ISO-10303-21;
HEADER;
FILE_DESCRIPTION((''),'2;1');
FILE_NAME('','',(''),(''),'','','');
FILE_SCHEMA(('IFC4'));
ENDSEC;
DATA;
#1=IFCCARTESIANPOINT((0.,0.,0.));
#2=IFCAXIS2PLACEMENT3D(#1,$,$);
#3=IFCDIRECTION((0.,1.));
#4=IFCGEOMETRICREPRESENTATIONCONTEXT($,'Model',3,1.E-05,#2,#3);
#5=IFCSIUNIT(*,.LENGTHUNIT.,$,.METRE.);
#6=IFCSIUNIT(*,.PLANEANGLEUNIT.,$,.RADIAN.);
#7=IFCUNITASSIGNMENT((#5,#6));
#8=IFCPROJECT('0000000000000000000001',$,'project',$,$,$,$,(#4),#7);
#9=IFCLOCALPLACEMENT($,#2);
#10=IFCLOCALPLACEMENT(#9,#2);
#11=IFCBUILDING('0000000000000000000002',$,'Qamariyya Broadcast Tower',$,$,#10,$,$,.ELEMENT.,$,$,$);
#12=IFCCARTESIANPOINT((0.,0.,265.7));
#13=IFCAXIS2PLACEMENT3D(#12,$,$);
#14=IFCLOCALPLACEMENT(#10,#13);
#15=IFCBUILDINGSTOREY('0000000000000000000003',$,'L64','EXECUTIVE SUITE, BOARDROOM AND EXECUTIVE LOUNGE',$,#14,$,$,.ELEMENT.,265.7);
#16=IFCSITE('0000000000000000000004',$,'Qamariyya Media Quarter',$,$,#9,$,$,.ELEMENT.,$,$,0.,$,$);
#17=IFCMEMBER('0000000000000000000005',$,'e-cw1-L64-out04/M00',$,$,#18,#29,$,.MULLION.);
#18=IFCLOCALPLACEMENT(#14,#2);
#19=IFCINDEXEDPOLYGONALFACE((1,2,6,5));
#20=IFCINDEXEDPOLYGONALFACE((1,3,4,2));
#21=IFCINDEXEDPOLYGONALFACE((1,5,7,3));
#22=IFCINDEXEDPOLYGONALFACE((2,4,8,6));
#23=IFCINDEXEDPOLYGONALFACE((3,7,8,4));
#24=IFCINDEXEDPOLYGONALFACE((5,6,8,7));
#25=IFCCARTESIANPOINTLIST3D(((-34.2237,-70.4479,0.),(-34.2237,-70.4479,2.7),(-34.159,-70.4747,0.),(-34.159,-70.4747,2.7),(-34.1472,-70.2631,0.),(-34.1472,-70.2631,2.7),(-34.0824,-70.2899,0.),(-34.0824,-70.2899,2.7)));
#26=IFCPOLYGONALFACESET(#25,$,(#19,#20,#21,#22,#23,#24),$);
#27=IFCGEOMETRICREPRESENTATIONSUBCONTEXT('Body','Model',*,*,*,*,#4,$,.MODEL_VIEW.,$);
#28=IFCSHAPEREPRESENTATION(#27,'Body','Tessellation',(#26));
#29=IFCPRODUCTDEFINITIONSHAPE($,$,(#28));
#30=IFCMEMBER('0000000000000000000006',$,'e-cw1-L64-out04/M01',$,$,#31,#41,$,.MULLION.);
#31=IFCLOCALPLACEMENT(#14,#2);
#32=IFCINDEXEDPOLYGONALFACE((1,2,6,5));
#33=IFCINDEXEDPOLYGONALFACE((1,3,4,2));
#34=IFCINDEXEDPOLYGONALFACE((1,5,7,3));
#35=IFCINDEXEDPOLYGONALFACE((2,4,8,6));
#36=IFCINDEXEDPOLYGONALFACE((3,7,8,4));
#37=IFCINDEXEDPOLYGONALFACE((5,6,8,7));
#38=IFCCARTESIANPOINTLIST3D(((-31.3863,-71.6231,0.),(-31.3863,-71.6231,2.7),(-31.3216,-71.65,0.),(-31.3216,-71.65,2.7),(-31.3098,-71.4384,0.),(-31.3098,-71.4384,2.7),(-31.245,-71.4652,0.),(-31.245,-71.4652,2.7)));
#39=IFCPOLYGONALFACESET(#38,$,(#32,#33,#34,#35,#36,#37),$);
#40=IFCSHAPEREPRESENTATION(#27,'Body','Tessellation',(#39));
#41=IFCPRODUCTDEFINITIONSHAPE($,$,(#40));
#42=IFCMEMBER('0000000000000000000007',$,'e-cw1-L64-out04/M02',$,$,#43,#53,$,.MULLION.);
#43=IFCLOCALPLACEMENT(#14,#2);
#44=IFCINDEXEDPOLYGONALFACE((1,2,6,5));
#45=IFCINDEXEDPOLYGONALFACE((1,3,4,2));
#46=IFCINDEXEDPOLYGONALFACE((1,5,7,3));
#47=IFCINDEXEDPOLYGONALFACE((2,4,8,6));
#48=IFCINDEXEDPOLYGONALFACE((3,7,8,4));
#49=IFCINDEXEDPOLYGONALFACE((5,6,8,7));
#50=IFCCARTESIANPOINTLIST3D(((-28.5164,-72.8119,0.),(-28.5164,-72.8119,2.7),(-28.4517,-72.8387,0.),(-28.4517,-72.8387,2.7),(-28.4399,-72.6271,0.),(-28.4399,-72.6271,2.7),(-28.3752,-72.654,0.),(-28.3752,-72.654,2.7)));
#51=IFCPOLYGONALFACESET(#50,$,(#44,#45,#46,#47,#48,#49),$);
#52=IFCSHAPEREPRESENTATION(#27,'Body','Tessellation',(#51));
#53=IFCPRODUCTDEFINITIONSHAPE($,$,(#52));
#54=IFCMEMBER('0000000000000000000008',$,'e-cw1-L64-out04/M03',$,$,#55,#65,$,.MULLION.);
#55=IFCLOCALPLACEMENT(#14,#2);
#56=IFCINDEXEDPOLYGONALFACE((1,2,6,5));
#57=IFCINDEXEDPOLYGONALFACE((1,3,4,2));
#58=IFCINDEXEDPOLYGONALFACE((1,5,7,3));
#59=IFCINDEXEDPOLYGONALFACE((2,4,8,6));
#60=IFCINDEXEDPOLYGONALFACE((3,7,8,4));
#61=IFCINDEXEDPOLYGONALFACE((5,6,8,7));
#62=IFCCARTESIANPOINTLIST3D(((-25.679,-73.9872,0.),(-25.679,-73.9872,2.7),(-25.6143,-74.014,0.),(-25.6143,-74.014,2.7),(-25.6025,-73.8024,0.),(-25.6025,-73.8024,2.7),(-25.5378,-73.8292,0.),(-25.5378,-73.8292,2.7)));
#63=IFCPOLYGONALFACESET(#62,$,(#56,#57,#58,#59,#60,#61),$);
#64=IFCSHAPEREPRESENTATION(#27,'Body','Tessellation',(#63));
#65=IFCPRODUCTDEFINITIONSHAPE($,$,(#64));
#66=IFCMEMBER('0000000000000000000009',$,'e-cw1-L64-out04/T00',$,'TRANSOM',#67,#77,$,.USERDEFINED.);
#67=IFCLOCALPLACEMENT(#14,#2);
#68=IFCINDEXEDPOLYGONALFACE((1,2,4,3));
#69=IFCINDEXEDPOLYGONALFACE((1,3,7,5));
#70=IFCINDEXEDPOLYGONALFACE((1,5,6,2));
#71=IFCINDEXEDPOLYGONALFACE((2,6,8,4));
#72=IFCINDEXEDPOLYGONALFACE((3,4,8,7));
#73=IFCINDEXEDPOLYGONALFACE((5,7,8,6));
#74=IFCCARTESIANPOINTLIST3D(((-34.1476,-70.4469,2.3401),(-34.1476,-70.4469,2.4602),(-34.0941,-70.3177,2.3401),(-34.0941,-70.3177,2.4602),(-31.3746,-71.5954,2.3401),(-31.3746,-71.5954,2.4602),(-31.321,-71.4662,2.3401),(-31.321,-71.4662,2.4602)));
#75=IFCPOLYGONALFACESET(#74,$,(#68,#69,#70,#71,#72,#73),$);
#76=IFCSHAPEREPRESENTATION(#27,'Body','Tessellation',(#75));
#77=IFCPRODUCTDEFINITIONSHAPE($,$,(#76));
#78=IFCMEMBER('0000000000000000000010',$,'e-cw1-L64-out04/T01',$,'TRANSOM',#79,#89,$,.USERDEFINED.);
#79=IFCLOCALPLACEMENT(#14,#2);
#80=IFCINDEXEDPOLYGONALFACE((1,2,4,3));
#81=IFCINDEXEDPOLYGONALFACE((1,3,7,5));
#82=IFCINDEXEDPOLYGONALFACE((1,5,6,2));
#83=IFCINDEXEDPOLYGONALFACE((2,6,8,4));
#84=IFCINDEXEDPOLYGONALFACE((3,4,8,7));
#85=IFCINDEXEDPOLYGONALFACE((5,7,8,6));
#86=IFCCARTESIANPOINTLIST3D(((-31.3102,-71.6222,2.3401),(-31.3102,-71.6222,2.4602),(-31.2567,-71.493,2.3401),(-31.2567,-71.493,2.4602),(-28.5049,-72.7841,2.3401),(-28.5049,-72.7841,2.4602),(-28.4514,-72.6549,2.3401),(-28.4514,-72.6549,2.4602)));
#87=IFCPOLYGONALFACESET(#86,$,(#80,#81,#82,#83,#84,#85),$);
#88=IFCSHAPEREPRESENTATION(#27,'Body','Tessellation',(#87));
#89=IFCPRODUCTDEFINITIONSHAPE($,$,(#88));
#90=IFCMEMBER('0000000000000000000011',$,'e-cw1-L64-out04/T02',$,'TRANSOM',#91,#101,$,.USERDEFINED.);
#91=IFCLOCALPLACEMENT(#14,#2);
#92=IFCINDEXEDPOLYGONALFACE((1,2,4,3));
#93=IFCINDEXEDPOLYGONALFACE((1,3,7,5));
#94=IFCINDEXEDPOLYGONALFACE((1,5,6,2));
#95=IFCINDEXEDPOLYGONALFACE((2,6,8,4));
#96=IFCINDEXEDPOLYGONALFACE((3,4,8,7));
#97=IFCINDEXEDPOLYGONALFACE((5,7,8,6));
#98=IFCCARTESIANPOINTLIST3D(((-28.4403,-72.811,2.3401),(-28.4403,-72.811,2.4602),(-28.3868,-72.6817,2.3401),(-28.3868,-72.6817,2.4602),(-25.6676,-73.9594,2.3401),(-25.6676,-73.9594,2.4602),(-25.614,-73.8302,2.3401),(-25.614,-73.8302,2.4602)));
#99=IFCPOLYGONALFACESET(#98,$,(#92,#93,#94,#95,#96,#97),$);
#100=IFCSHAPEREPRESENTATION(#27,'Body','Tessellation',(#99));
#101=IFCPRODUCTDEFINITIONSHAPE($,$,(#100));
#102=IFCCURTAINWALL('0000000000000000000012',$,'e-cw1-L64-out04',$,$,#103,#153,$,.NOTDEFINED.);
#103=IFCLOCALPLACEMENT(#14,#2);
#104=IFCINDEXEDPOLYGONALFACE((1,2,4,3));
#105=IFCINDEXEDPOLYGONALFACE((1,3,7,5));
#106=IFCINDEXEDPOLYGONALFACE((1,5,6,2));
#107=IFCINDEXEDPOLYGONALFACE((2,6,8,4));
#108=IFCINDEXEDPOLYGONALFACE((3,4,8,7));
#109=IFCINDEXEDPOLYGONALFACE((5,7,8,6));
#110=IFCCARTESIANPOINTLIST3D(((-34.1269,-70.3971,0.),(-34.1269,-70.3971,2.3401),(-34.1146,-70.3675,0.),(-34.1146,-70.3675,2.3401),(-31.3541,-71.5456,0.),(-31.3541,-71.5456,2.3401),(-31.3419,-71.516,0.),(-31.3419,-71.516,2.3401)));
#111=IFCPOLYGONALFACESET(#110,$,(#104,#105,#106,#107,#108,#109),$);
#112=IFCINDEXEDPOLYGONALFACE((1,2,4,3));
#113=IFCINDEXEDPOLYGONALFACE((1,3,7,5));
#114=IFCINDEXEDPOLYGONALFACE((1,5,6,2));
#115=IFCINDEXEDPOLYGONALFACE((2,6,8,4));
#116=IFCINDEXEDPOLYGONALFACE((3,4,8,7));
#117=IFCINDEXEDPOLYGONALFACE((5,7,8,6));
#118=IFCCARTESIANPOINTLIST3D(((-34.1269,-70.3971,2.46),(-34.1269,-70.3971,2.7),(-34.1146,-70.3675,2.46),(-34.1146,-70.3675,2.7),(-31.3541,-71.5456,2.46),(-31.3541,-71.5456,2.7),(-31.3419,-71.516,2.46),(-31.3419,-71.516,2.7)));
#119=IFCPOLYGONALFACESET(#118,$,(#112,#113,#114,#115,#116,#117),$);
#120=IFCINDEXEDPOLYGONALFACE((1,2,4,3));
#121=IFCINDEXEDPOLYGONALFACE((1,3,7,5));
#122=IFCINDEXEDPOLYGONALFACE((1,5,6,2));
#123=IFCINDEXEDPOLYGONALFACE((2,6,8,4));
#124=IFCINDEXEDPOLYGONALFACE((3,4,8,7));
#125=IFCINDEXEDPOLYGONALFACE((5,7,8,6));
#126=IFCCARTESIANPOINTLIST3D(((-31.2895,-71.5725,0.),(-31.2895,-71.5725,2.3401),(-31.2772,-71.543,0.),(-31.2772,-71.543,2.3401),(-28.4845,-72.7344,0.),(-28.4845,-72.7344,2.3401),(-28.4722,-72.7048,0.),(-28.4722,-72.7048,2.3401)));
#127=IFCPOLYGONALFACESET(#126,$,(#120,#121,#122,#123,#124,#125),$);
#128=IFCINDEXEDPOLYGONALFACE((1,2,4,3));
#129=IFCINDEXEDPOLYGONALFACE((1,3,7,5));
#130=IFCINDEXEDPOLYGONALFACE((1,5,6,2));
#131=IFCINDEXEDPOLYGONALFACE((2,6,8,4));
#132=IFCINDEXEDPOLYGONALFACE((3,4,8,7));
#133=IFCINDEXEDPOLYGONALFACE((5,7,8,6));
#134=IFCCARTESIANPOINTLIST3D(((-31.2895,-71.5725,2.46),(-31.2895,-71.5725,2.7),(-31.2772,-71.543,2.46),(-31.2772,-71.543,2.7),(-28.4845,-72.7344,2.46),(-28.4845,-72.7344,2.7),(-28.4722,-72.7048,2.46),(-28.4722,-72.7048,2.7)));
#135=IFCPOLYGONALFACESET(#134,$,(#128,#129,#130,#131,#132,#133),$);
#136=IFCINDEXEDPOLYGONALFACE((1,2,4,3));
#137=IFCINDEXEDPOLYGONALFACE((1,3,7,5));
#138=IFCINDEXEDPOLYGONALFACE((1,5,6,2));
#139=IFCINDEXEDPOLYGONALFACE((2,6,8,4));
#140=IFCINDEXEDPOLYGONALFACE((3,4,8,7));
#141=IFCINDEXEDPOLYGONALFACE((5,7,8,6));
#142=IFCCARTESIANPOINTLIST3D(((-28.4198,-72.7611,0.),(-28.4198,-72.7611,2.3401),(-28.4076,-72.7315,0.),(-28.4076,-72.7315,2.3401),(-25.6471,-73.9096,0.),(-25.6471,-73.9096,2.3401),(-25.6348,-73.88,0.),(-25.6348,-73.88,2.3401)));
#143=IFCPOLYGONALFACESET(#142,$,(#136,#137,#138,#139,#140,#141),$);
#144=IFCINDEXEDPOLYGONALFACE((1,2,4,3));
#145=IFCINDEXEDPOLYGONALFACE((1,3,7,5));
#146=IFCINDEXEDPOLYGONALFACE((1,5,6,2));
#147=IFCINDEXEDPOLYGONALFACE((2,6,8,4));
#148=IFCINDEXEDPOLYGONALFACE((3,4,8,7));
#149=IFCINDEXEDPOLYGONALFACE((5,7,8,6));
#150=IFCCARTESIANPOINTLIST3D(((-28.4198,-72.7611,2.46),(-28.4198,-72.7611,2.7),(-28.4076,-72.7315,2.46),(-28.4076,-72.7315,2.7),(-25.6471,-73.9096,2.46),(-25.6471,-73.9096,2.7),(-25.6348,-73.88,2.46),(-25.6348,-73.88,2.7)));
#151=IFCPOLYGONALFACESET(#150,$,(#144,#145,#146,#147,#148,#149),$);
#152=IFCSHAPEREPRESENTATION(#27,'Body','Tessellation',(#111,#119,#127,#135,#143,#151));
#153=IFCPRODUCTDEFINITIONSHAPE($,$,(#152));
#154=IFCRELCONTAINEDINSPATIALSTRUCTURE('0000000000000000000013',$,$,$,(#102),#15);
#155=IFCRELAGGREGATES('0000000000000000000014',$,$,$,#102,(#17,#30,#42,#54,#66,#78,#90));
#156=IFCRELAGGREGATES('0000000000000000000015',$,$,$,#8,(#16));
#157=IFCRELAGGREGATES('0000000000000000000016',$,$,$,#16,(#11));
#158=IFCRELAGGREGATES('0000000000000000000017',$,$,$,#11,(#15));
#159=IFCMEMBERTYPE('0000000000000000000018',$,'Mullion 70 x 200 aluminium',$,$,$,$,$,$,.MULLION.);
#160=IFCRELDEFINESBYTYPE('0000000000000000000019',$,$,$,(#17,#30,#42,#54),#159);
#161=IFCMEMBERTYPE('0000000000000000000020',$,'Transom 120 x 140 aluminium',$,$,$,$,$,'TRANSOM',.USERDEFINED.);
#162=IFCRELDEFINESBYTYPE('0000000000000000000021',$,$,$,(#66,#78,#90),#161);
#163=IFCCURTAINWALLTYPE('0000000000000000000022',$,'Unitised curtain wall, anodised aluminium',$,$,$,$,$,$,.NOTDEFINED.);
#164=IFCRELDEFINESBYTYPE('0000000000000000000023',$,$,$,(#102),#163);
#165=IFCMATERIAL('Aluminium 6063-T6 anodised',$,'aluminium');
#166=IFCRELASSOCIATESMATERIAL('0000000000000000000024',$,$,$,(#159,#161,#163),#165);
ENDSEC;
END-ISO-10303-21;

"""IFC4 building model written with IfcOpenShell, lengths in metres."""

from ifc_helpers import new_model, si_unit, direction, frame, origin, origin_2d, place, context, subcontext, project, spatial, rectangle, extrude, material, material_profile, profile_set, type_object, element, aggregate, save


model = new_model("IFC4")

# Units and contexts
model_context = context("Model", 3, precision=1e-05, world=origin(), true_north=direction((0.0, 1.0)))
body_context = subcontext(model_context, "Body", "Model", "MODEL_VIEW")
ifc_project = project(units=[si_unit("LENGTHUNIT", "METRE"), si_unit("PLANEANGLEUNIT", "RADIAN")], contexts=[model_context])

# Members
ifc_material_1 = material(Name="Aluminium 6063-T6 anodised", Category="aluminium")
ifc_material_profile_1 = material_profile(ifc_material_1, rectangle(XDim=0.2, YDim=0.0701, at=origin_2d()))
ifc_profile_set_1 = profile_set([ifc_material_profile_1], Name="Aluminium 6063-T6 anodised")
member_type_1 = type_object("IfcMemberType", Name="Mullion 70 x 200 aluminium", PredefinedType="MULLION", material=ifc_profile_set_1)
site_placement = place(None, origin())
building_placement = place(site_placement, origin())
storey_placement = place(building_placement, frame((0.0, 0.0, 265.7)))
member_1_placement = place(storey_placement, frame((-34.1531, -70.3689, 0.0), z_axis=(0.0, 0.0, 1.0), x_axis=(0.382683, 0.92388, 0.0)))
member_1 = element("IfcMember", 1, at=member_1_placement, type_object=member_type_1, Name="e-cw1-L64-out04/M00", PredefinedType="MULLION", context=body_context, shape_type="SweptSolid", body=[
    extrude(rectangle(XDim=0.2, YDim=0.0701, at=origin_2d()), origin(), (0.0, 0.0, 1.0), 2.7),
])
member_2_placement = place(storey_placement, frame((-31.3157, -71.5442, 0.0), z_axis=(0.0, 0.0, 1.0), x_axis=(0.382683, 0.92388, 0.0)))
member_2 = element("IfcMember", 2, at=member_2_placement, type_object=member_type_1, Name="e-cw1-L64-out04/M01", PredefinedType="MULLION", context=body_context, shape_type="SweptSolid", body=[
    extrude(rectangle(XDim=0.2, YDim=0.0701, at=origin_2d()), origin(), (0.0, 0.0, 1.0), 2.7),
])
member_3_placement = place(storey_placement, frame((-28.4458, -72.7329, 0.0), z_axis=(0.0, 0.0, 1.0), x_axis=(0.382683, 0.92388, 0.0)))
member_3 = element("IfcMember", 3, at=member_3_placement, type_object=member_type_1, Name="e-cw1-L64-out04/M02", PredefinedType="MULLION", context=body_context, shape_type="SweptSolid", body=[
    extrude(rectangle(XDim=0.2, YDim=0.0701, at=origin_2d()), origin(), (0.0, 0.0, 1.0), 2.7),
])
member_4_placement = place(storey_placement, frame((-25.6084, -73.9082, 0.0), z_axis=(0.0, 0.0, 1.0), x_axis=(0.382683, 0.92388, 0.0)))
member_4 = element("IfcMember", 4, at=member_4_placement, type_object=member_type_1, Name="e-cw1-L64-out04/M03", PredefinedType="MULLION", context=body_context, shape_type="SweptSolid", body=[
    extrude(rectangle(XDim=0.2, YDim=0.0701, at=origin_2d()), origin(), (0.0, 0.0, 1.0), 2.7),
])
ifc_material_profile_2 = material_profile(ifc_material_1, rectangle(XDim=0.1399, YDim=0.1201, at=origin_2d()))
ifc_profile_set_2 = profile_set([ifc_material_profile_2], Name="Aluminium 6063-T6 anodised")
member_type_2 = type_object("IfcMemberType", Name="Transom 120 x 140 aluminium", ElementType="TRANSOM", PredefinedType="USERDEFINED", material=ifc_profile_set_2)
member_5_placement = place(storey_placement, frame((-34.1208, -70.3823, 2.4001), z_axis=(0.923898, -0.382639, 0.0), x_axis=(0.382639, 0.923898, 0.0)))
member_5 = element("IfcMember", 5, at=member_5_placement, type_object=member_type_2, Name="e-cw1-L64-out04/T00", ObjectType="TRANSOM", PredefinedType="USERDEFINED", context=body_context, shape_type="SweptSolid", body=[
    extrude(rectangle(XDim=0.1399, YDim=0.1201, at=origin_2d()), origin(), (0.0, 0.0, 1.0), 3.0015),
])
member_6_placement = place(storey_placement, frame((-31.2834, -71.5576, 2.4001), z_axis=(0.923888, -0.382662, 0.0), x_axis=(0.382662, 0.923888, 0.0)))
member_6 = element("IfcMember", 6, at=member_6_placement, type_object=member_type_2, Name="e-cw1-L64-out04/T01", ObjectType="TRANSOM", PredefinedType="USERDEFINED", context=body_context, shape_type="SweptSolid", body=[
    extrude(rectangle(XDim=0.1399, YDim=0.1201, at=origin_2d()), origin(), (0.0, 0.0, 1.0), 3.0364),
])
member_7_placement = place(storey_placement, frame((-28.4136, -72.7463, 2.4001), z_axis=(0.923886, -0.382668, 0.0), x_axis=(0.382668, 0.923886, 0.0)))
member_7 = element("IfcMember", 7, at=member_7_placement, type_object=member_type_2, Name="e-cw1-L64-out04/T02", ObjectType="TRANSOM", PredefinedType="USERDEFINED", context=body_context, shape_type="SweptSolid", body=[
    extrude(rectangle(XDim=0.1399, YDim=0.1201, at=origin_2d()), origin(), (0.0, 0.0, 1.0), 3.0012),
])

# Site, building, storey
site = spatial("IfcSite", under=ifc_project, at=site_placement, Name="Qamariyya Media Quarter", CompositionType="ELEMENT", RefElevation=0.0)
building = spatial("IfcBuilding", under=site, at=building_placement, Name="Qamariyya Broadcast Tower", CompositionType="ELEMENT")
storey = spatial("IfcBuildingStorey", under=building, at=storey_placement, Name="L64", Description="EXECUTIVE SUITE, BOARDROOM AND EXECUTIVE LOUNGE", CompositionType="ELEMENT", Elevation=265.7)

# Curtain wall
curtain_wall_type = type_object("IfcCurtainWallType", Name="Unitised curtain wall, anodised aluminium", PredefinedType="NOTDEFINED", material=ifc_material_1)
curtain_wall_1_placement = place(storey_placement, origin())
curtain_wall_1 = element("IfcCurtainWall", 8, at=curtain_wall_1_placement, inside=storey, type_object=curtain_wall_type, Name="e-cw1-L64-out04", PredefinedType="NOTDEFINED", context=body_context, shape_type="SweptSolid", body=[
    extrude(rectangle(XDim=3.0012, YDim=0.032, at=origin_2d()), frame((-32.7344, -70.9565, 0.0), x_axis=(0.923878, -0.382687, 0.0)), (0.0, 0.0, 1.0), 2.3401),
    extrude(rectangle(XDim=3.0012, YDim=0.032, at=origin_2d()), frame((-32.7344, -70.9565, 2.46), x_axis=(0.923878, -0.382687, 0.0)), (0.0, 0.0, 1.0), 0.24),
    extrude(rectangle(XDim=3.0361, YDim=0.032, at=origin_2d()), frame((-29.8809, -72.1387, 0.0), x_axis=(0.923878, -0.382687, 0.0)), (0.0, 0.0, 1.0), 2.3401),
    extrude(rectangle(XDim=3.0361, YDim=0.032, at=origin_2d()), frame((-29.8809, -72.1387, 2.46), x_axis=(0.923878, -0.382687, 0.0)), (0.0, 0.0, 1.0), 0.24),
    extrude(rectangle(XDim=3.0012, YDim=0.032, at=origin_2d()), frame((-27.0273, -73.3206, 0.0), x_axis=(0.923878, -0.382687, 0.0)), (0.0, 0.0, 1.0), 2.3401),
    extrude(rectangle(XDim=3.0012, YDim=0.032, at=origin_2d()), frame((-27.0273, -73.3206, 2.46), x_axis=(0.923878, -0.382687, 0.0)), (0.0, 0.0, 1.0), 0.24),
])
aggregate(curtain_wall_1, [member_1, member_2, member_3, member_4, member_5, member_6, member_7])

save(model, "model.ifc")
